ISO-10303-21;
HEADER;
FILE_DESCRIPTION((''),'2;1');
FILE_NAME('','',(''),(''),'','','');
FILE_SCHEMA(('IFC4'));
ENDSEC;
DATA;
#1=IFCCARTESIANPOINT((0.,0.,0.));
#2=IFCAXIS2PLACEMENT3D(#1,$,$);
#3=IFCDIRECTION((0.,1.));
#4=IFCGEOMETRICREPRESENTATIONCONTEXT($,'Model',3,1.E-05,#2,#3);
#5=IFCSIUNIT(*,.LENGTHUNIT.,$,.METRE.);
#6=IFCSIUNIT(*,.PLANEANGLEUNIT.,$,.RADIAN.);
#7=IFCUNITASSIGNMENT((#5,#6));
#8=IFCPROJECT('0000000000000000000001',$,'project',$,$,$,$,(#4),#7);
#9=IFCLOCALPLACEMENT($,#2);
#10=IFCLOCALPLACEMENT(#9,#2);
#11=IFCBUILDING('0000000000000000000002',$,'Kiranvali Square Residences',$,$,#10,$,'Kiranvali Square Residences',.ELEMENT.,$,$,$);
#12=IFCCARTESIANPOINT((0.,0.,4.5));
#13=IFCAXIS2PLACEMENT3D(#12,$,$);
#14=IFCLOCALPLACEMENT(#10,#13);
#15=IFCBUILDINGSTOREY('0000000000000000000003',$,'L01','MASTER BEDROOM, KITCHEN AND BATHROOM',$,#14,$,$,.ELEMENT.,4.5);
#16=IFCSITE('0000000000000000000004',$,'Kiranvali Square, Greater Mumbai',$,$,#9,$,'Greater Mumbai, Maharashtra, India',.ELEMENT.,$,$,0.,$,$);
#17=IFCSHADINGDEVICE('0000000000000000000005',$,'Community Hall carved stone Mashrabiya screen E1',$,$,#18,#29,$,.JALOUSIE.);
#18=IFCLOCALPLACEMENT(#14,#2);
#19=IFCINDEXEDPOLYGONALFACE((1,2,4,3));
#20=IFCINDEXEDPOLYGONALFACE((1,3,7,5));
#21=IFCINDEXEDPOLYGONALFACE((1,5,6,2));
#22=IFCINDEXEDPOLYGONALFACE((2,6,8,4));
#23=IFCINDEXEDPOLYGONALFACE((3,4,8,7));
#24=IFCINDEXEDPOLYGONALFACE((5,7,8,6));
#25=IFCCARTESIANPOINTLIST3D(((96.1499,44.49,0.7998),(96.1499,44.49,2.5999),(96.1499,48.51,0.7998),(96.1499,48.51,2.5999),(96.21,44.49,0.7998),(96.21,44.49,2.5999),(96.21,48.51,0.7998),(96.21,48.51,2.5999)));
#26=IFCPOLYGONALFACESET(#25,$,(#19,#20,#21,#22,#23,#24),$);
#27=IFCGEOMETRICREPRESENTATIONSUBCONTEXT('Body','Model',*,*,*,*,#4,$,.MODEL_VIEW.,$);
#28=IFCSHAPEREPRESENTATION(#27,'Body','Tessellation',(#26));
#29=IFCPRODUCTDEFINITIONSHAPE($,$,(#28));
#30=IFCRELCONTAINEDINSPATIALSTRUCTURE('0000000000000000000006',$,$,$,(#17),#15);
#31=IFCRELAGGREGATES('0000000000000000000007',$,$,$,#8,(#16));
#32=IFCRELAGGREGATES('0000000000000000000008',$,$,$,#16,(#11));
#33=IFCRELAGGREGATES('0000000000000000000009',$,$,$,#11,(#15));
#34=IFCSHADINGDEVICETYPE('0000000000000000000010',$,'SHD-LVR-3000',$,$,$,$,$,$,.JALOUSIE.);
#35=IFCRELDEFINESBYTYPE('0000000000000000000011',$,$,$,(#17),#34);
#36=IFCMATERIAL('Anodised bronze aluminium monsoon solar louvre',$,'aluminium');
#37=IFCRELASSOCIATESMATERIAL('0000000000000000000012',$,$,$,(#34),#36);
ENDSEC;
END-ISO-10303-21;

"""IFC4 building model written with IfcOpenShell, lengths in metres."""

from ifc_helpers import new_model, si_unit, direction, frame, origin, origin_2d, place, context, subcontext, project, spatial, rectangle, extrude, material, type_object, element, save


model = new_model("IFC4")

# Units and contexts
model_context = context("Model", 3, precision=1e-05, world=origin(), true_north=direction((0.0, 1.0)))
body_context = subcontext(model_context, "Body", "Model", "MODEL_VIEW")
ifc_project = project(units=[si_unit("LENGTHUNIT", "METRE"), si_unit("PLANEANGLEUNIT", "RADIAN")], contexts=[model_context])

# Site, building, storey
site_placement = place(None, origin())
site = spatial("IfcSite", under=ifc_project, at=site_placement, Name="Kiranvali Square, Greater Mumbai", LongName="Greater Mumbai, Maharashtra, India", CompositionType="ELEMENT", RefElevation=0.0)
building_placement = place(site_placement, origin())
building = spatial("IfcBuilding", under=site, at=building_placement, Name="Kiranvali Square Residences", LongName="Kiranvali Square Residences", CompositionType="ELEMENT")
storey_placement = place(building_placement, frame((0.0, 0.0, 4.5)))
storey = spatial("IfcBuildingStorey", under=building, at=storey_placement, Name="L01", Description="MASTER BEDROOM, KITCHEN AND BATHROOM", CompositionType="ELEMENT", Elevation=4.5)

# Shading device
ifc_material_1 = material(Name="Anodised bronze aluminium monsoon solar louvre", Category="aluminium")
shading_device_type = type_object("IfcShadingDeviceType", Name="SHD-LVR-3000", PredefinedType="JALOUSIE", material=ifc_material_1)
shading_device_placement = place(storey_placement, frame((96.1799, 46.5, 0.7998), z_axis=(0.0, 0.0, 1.0), x_axis=(1.0, 0.0, 0.0)))
element("IfcShadingDevice", 1, at=shading_device_placement, inside=storey, type_object=shading_device_type, Name="Community Hall carved stone Mashrabiya screen E1", PredefinedType="JALOUSIE", context=body_context, shape_type="SweptSolid", body=[
    extrude(rectangle(XDim=0.0601, YDim=4.02, at=origin_2d()), origin(), (0.0, 0.0, 1.0), 1.8),
])

save(model, "model.ifc")
